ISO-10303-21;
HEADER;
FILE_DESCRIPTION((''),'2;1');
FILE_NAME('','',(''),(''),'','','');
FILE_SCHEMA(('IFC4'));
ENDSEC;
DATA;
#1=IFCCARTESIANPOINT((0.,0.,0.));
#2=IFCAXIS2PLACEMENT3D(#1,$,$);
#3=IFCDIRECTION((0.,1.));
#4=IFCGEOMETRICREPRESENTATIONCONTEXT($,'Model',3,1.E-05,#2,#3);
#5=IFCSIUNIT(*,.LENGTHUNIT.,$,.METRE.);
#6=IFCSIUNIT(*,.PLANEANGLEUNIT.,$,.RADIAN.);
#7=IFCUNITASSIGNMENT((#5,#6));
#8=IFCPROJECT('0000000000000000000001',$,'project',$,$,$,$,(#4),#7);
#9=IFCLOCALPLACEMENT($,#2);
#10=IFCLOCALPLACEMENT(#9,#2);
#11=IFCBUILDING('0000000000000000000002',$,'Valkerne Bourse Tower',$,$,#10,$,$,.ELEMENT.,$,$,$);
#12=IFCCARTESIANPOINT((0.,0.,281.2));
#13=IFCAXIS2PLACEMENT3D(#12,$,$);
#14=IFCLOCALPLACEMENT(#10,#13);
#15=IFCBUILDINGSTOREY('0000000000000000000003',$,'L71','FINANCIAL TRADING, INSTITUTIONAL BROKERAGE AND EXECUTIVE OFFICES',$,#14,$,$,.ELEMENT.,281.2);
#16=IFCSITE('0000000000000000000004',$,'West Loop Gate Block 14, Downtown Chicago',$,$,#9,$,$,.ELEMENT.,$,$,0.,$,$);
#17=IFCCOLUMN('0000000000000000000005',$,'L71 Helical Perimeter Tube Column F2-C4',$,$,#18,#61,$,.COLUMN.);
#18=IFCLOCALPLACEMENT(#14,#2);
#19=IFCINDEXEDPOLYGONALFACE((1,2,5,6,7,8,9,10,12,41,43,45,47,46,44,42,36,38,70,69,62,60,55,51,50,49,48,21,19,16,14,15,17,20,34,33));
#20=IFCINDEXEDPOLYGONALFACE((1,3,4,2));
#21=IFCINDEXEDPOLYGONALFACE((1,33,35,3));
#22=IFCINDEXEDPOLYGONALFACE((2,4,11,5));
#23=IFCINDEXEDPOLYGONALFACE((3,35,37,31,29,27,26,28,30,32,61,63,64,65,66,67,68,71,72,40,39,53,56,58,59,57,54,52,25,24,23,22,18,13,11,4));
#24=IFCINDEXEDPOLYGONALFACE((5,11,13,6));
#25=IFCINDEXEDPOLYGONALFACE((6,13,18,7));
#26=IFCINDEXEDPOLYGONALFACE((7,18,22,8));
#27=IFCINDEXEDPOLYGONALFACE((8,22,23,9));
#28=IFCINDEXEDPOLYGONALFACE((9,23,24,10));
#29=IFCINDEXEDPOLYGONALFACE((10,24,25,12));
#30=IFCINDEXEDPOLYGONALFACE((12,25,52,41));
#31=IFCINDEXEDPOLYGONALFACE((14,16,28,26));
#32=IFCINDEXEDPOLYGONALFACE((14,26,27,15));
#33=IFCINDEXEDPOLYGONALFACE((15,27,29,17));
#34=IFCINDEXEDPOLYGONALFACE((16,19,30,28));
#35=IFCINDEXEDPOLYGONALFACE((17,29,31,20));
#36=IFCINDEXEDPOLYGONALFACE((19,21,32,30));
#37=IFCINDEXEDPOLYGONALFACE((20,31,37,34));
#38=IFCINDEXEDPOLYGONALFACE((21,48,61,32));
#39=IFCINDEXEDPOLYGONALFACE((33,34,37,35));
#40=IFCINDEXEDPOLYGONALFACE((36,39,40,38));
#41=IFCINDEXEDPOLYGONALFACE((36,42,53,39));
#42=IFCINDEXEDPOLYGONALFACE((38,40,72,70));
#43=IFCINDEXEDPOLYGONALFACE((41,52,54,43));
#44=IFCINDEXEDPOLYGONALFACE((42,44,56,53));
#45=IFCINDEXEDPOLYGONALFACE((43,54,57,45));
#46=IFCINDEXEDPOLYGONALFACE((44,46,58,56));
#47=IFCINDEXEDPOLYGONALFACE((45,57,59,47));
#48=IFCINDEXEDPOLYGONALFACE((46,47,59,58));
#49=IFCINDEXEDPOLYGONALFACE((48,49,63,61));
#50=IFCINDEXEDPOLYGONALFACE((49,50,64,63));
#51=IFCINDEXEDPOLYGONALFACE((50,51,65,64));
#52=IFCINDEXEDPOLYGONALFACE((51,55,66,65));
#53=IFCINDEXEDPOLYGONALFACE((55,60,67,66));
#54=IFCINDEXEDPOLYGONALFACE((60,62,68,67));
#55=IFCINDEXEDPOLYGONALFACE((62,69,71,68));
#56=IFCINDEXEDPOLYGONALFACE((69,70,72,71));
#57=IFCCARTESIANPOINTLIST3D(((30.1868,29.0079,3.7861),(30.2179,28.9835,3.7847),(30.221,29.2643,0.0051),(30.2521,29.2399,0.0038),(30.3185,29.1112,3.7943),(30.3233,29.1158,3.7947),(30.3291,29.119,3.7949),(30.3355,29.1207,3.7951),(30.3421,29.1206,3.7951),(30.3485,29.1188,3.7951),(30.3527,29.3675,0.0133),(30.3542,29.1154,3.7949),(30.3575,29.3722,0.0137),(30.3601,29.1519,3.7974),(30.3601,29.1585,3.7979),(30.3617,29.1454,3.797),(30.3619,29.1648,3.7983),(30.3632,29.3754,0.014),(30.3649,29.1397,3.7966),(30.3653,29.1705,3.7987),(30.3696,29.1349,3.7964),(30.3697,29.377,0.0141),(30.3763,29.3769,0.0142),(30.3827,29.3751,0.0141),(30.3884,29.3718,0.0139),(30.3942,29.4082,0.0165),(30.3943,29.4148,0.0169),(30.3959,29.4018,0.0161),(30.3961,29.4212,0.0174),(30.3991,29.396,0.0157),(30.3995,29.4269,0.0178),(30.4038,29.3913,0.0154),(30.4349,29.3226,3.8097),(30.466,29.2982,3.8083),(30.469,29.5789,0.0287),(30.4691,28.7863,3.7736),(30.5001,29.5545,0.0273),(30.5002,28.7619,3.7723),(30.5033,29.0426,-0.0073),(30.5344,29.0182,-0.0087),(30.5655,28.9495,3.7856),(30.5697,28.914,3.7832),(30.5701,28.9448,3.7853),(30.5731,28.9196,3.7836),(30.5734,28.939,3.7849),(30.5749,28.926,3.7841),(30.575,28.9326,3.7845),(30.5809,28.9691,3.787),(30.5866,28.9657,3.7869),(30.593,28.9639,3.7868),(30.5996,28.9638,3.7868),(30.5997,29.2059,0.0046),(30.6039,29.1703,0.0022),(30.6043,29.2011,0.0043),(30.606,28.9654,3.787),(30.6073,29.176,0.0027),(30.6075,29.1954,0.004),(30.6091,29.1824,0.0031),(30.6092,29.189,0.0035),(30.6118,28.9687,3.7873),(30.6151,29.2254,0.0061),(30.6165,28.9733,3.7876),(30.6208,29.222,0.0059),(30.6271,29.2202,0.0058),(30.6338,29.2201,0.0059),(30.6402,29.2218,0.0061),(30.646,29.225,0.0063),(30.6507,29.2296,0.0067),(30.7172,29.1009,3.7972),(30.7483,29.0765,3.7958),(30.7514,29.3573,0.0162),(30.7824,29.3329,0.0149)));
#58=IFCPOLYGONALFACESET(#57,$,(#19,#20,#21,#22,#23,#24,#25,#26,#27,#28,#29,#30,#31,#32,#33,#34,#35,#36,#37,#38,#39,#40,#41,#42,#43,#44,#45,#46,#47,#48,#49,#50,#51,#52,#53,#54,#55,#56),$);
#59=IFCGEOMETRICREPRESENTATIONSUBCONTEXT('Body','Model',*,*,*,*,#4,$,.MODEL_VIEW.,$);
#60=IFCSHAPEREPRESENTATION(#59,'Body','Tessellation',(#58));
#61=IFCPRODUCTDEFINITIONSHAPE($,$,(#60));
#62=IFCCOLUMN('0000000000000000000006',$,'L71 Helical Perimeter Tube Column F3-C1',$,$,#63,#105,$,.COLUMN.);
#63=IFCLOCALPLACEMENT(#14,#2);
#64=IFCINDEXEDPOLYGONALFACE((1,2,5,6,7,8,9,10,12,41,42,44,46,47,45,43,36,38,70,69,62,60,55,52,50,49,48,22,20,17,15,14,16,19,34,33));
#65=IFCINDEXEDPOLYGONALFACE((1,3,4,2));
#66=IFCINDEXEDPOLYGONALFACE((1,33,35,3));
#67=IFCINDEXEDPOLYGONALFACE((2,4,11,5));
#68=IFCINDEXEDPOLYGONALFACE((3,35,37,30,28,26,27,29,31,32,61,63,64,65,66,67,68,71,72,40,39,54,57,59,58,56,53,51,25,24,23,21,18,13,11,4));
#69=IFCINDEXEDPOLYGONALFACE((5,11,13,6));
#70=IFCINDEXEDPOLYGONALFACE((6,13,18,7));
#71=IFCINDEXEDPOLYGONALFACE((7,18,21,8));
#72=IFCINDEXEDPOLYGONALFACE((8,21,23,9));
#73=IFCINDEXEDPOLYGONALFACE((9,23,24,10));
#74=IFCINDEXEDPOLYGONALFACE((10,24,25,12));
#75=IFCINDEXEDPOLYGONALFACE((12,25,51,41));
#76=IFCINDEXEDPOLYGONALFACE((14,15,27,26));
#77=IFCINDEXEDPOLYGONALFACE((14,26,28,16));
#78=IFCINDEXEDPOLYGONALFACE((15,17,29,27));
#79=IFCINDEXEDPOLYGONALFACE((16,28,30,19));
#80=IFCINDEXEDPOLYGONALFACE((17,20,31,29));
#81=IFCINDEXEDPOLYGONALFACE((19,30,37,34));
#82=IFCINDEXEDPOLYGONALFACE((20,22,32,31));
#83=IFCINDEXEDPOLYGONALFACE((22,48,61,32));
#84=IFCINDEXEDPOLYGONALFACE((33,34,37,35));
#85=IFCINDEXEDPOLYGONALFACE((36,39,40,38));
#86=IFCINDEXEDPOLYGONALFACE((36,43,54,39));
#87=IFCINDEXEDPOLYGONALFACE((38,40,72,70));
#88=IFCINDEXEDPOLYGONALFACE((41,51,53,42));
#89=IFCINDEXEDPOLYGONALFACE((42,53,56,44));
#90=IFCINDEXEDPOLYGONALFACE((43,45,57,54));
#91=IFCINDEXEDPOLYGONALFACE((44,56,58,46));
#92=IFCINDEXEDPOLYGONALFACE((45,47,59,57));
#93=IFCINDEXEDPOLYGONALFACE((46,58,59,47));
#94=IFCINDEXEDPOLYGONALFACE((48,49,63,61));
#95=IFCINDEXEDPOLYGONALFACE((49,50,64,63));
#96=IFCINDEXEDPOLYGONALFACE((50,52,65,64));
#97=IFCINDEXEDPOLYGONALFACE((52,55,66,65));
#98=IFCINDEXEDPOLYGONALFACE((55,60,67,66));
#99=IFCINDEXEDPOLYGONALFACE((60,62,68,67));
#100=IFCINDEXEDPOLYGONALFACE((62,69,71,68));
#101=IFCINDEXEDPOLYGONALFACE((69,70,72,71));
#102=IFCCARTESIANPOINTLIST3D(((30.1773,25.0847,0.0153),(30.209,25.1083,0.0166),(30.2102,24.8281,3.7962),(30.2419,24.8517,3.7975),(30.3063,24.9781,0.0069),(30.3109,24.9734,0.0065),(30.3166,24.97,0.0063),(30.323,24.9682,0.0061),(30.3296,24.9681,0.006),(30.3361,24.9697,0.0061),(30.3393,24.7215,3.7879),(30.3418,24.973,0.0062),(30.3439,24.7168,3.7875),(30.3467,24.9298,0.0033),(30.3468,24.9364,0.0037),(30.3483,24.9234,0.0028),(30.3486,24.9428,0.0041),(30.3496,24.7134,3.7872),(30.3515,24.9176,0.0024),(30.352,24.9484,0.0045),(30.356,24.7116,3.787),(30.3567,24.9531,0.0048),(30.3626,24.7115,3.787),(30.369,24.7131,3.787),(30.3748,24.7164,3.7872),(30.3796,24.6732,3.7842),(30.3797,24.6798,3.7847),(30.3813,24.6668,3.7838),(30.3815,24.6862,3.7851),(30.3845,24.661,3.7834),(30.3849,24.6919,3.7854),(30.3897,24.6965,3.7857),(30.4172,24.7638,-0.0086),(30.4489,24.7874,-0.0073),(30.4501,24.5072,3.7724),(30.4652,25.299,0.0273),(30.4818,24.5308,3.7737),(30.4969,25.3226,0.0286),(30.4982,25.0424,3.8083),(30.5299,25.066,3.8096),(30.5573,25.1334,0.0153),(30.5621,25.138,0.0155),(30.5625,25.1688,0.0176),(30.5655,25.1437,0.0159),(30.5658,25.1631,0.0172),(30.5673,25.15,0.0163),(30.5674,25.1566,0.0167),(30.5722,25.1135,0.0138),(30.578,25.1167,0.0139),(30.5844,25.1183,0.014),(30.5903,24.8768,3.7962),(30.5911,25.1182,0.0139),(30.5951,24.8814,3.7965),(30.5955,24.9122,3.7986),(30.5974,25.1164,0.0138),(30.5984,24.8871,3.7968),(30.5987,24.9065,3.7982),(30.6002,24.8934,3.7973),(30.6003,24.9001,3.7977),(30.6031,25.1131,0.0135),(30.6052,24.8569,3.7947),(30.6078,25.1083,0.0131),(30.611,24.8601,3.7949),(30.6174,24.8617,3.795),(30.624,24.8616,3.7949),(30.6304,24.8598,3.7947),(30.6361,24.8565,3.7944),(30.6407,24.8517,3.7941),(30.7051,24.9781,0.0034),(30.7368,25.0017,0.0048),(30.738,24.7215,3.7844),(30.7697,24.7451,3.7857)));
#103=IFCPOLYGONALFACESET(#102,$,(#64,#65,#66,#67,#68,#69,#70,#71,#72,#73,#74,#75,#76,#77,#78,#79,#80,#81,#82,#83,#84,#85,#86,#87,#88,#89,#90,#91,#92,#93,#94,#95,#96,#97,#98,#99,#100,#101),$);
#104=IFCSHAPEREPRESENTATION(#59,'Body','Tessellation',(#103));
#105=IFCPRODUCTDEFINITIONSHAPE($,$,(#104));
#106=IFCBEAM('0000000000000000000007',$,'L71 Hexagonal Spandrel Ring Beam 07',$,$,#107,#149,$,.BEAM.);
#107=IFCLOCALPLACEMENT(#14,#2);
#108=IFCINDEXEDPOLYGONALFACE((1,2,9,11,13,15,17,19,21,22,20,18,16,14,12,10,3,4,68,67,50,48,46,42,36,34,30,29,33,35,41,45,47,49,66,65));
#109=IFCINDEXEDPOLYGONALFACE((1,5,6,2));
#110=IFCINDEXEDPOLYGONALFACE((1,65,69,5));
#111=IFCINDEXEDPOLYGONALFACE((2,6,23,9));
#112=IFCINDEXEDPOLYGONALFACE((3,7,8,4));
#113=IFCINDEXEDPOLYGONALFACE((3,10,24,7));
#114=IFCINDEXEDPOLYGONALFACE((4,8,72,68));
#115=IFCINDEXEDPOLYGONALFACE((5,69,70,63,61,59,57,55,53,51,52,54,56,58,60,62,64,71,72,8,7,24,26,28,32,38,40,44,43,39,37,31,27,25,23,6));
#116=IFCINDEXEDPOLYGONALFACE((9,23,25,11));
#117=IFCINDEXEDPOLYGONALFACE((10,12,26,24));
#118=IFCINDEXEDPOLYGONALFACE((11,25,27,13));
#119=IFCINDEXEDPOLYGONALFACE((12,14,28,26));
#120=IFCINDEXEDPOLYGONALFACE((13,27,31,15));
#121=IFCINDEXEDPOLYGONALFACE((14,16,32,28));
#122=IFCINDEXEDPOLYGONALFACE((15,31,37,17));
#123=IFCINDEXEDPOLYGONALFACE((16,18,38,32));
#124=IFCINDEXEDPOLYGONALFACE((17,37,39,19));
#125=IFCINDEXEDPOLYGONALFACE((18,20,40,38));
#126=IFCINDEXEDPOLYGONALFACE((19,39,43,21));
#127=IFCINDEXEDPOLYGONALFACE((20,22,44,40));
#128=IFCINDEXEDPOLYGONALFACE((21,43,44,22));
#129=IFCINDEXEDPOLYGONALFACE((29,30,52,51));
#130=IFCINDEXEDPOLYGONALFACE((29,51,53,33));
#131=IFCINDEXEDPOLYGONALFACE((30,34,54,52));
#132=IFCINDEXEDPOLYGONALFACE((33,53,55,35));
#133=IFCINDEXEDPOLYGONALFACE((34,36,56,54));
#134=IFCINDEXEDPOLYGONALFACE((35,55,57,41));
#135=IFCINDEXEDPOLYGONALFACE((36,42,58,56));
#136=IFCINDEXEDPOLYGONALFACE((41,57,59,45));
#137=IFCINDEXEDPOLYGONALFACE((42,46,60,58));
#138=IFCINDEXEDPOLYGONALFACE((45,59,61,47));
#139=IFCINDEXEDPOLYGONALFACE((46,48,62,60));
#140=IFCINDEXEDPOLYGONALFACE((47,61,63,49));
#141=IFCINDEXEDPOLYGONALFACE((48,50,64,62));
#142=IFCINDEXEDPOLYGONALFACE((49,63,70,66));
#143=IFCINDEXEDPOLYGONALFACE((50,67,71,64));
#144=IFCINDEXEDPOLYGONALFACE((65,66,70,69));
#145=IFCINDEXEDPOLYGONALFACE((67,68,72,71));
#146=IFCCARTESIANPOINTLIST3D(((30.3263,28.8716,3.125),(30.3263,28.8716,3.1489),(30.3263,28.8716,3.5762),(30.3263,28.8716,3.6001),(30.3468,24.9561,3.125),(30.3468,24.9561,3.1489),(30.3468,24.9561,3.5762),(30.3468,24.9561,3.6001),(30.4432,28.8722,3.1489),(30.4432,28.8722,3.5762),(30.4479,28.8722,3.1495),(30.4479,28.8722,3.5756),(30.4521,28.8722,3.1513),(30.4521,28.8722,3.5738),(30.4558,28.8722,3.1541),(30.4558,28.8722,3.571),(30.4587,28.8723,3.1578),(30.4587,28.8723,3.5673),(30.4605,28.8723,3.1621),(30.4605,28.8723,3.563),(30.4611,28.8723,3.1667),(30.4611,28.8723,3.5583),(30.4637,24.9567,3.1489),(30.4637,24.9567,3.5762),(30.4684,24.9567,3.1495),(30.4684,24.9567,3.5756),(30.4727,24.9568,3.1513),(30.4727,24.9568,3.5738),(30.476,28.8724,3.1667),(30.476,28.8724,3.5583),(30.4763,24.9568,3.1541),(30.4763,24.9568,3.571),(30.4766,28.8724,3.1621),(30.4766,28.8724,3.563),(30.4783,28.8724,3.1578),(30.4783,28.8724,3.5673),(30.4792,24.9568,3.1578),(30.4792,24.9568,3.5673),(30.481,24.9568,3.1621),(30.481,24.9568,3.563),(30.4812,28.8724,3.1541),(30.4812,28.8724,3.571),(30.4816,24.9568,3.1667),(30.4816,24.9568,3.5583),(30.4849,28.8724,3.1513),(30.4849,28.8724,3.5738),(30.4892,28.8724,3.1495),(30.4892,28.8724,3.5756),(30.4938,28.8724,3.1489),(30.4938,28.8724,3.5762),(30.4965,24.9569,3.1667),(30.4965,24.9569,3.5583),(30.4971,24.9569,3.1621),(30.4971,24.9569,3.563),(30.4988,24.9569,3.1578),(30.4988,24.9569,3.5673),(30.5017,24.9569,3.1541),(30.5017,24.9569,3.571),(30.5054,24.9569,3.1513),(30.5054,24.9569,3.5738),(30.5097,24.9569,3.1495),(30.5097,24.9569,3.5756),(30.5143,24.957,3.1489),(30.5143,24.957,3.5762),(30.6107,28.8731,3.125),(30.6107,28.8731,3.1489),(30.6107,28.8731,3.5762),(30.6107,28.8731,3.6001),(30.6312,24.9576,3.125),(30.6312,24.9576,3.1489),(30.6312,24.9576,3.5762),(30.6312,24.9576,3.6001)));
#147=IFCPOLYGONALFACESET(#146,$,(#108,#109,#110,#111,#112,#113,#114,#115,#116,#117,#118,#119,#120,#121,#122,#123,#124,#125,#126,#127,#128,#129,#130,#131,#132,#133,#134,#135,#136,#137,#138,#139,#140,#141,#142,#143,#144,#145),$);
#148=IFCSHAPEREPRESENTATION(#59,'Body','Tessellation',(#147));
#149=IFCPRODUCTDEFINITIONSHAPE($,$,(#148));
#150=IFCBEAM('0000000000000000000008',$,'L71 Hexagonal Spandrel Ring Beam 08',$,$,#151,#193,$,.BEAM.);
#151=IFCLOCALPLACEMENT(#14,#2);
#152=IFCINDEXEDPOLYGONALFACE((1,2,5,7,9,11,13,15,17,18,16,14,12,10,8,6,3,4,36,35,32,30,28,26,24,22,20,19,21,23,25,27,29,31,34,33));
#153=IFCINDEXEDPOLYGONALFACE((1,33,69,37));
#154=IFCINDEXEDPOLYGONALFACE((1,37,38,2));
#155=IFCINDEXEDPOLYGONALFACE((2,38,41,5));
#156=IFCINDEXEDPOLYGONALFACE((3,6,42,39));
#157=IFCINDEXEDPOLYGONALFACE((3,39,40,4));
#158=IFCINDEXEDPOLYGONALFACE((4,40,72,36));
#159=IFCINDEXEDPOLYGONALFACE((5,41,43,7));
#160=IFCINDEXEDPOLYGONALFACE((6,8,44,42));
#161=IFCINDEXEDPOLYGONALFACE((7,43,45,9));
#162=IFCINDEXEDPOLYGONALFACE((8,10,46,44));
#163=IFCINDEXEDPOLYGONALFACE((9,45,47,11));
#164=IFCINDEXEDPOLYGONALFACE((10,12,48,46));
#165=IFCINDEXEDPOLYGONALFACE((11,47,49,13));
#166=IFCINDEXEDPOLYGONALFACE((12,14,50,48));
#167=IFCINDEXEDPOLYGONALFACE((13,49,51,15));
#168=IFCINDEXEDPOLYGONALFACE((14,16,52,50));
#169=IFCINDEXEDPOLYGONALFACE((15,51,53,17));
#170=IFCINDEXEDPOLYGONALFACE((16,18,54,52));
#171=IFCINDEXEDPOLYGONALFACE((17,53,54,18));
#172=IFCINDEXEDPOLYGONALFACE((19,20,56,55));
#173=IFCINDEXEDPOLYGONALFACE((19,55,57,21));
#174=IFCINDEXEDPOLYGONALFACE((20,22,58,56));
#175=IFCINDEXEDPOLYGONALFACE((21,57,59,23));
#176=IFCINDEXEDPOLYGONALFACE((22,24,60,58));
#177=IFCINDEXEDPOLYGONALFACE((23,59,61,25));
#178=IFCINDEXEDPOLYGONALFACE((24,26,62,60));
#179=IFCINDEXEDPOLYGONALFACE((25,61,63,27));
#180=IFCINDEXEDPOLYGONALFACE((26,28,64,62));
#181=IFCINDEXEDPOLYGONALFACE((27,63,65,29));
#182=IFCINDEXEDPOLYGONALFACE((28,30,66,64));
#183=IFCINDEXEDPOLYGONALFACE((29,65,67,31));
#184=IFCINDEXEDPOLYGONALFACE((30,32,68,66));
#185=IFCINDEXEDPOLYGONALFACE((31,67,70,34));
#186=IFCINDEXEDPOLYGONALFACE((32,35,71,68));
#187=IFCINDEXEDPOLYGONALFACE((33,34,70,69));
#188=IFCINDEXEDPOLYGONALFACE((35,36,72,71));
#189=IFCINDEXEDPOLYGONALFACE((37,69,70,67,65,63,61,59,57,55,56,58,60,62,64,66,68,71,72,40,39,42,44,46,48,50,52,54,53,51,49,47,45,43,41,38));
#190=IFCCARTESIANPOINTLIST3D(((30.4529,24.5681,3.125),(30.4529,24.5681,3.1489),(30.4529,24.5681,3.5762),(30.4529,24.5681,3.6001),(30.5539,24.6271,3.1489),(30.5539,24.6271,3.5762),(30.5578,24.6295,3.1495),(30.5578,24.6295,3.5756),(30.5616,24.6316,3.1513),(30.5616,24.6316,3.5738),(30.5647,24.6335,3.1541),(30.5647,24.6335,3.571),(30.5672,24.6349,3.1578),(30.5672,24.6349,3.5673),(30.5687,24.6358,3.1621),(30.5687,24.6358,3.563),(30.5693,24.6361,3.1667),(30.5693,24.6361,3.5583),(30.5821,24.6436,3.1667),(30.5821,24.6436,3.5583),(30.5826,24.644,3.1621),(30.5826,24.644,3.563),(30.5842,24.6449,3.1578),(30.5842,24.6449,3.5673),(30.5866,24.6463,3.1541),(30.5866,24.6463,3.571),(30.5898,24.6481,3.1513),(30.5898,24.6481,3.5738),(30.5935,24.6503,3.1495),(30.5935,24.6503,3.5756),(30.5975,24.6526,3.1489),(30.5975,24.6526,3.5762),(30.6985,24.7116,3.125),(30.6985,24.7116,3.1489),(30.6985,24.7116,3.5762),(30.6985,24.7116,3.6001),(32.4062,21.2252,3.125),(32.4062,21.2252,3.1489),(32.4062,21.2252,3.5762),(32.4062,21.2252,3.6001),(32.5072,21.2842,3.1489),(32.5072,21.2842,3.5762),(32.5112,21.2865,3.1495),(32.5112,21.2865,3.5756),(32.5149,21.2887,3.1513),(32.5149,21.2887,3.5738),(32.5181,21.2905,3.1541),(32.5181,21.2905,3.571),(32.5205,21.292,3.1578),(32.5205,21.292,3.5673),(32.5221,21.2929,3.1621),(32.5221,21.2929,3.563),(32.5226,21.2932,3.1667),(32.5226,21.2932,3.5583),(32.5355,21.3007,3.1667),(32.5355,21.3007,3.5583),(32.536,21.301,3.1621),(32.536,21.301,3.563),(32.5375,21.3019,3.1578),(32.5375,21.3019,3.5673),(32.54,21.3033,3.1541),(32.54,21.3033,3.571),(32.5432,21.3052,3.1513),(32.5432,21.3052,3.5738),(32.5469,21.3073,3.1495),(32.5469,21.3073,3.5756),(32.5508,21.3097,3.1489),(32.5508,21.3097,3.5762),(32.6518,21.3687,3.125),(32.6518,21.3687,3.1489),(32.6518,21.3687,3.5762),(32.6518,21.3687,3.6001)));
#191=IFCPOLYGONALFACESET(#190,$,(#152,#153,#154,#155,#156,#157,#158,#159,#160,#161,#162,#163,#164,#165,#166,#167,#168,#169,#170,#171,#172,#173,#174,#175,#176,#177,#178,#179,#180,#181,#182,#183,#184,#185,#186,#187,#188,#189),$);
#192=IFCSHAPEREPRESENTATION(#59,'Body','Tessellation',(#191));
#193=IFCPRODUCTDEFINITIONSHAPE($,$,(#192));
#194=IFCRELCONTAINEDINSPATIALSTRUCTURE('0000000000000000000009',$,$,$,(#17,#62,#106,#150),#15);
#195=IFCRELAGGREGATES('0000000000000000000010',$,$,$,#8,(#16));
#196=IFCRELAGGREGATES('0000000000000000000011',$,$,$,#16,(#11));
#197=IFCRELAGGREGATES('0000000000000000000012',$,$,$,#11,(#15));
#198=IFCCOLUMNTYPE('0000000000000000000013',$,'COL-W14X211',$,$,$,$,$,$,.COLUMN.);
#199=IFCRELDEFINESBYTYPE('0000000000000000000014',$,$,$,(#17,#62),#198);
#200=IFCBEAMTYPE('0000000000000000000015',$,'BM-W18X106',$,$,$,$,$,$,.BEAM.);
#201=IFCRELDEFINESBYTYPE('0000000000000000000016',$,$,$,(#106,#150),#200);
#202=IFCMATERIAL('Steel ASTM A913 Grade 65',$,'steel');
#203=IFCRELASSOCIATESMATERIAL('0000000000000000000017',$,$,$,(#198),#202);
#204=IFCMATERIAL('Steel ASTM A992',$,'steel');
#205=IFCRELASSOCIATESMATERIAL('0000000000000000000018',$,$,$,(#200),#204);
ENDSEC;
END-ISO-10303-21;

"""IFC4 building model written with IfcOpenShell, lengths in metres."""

from ifc_helpers import new_model, si_unit, direction, frame, origin, origin_2d, place, context, subcontext, project, spatial, i_section, extrude, material, material_profile, profile_set, type_object, element, save


model = new_model("IFC4")

# Units and contexts
model_context = context("Model", 3, precision=1e-05, world=origin(), true_north=direction((0.0, 1.0)))
body_context = subcontext(model_context, "Body", "Model", "MODEL_VIEW")
ifc_project = project(units=[si_unit("LENGTHUNIT", "METRE"), si_unit("PLANEANGLEUNIT", "RADIAN")], contexts=[model_context])

# Site, building, storey
site_placement = place(None, origin())
site = spatial("IfcSite", under=ifc_project, at=site_placement, Name="West Loop Gate Block 14, Downtown Chicago", CompositionType="ELEMENT", RefElevation=0.0)
building_placement = place(site_placement, origin())
building = spatial("IfcBuilding", under=site, at=building_placement, Name="Valkerne Bourse Tower", CompositionType="ELEMENT")
storey_placement = place(building_placement, frame((0.0, 0.0, 281.2)))
storey = spatial("IfcBuildingStorey", under=building, at=storey_placement, Name="L71", Description="FINANCIAL TRADING, INSTITUTIONAL BROKERAGE AND EXECUTIVE OFFICES", CompositionType="ELEMENT", Elevation=281.2)

# Columns
ifc_material_1 = material(Name="Steel ASTM A913 Grade 65", Category="steel")
ifc_material_profile_1 = material_profile(ifc_material_1, i_section(OverallWidth=0.4014, OverallDepth=0.3987, WebThickness=0.0249, FlangeThickness=0.0396, FilletRadius=0.0254, at=origin_2d()), Name="W14X211")
ifc_profile_set_1 = profile_set([ifc_material_profile_1], Name="Steel ASTM A913 Grade 65")
column_type = type_object("IfcColumnType", Name="COL-W14X211", PredefinedType="COLUMN", material=ifc_profile_set_1)
for number, where, z_axis, x_axis, name in (
    (1, (30.5017, 29.2986, 0.01), (-0.009019, -0.067641, 0.997669), (-0.61807, -0.783926, -0.058736), "L71 Helical Perimeter Tube Column F2-C4"),
    (2, (30.457, 25.0432, 0.01), (0.008697, -0.067705, 0.997667), (0.597639, -0.799557, -0.05947), "L71 Helical Perimeter Tube Column F3-C1"),
):
    element("IfcColumn", number, at=place(storey_placement, frame(where, z_axis=z_axis, x_axis=x_axis)), inside=storey, type_object=column_type, Name=name, PredefinedType="COLUMN", context=body_context, shape_type="SweptSolid", body=[
        extrude(i_section(OverallWidth=0.4014, OverallDepth=0.3987, WebThickness=0.0249, FlangeThickness=0.0396, FilletRadius=0.0254, at=origin_2d()), origin(), (0.0, 0.0, 1.0), 3.7898),
    ])

# Beams
ifc_material_2 = material(Name="Steel ASTM A992", Category="steel")
ifc_material_profile_2 = material_profile(ifc_material_2, i_section(OverallWidth=0.2844, OverallDepth=0.4751, WebThickness=0.0149, FlangeThickness=0.0239, FilletRadius=0.0178, at=origin_2d()), Name="W18X106")
ifc_profile_set_2 = profile_set([ifc_material_profile_2], Name="Steel ASTM A992")
beam_type = type_object("IfcBeamType", Name="BM-W18X106", PredefinedType="BEAM", material=ifc_profile_set_2)
beam_1_placement = place(storey_placement, frame((30.4685, 28.8723, 3.3625), z_axis=(0.005237, -0.999986, 0.0), x_axis=(0.999986, 0.005237, 0.0)))
element("IfcBeam", 3, at=beam_1_placement, inside=storey, type_object=beam_type, Name="L71 Hexagonal Spandrel Ring Beam 07", PredefinedType="BEAM", context=body_context, shape_type="SweptSolid", body=[
    extrude(i_section(OverallWidth=0.2844, OverallDepth=0.4751, WebThickness=0.0149, FlangeThickness=0.0239, FilletRadius=0.0178, at=origin_2d()), origin(), (0.0, 0.0, 1.0), 3.9155),
])
beam_2_placement = place(storey_placement, frame((30.5757, 24.6399, 3.3625), z_axis=(0.504502, -0.86341, 0.0), x_axis=(0.86341, 0.504502, 0.0)))
element("IfcBeam", 4, at=beam_2_placement, inside=storey, type_object=beam_type, Name="L71 Hexagonal Spandrel Ring Beam 08", PredefinedType="BEAM", context=body_context, shape_type="SweptSolid", body=[
    extrude(i_section(OverallWidth=0.2844, OverallDepth=0.4751, WebThickness=0.0149, FlangeThickness=0.0239, FilletRadius=0.0178, at=origin_2d()), origin(), (0.0, 0.0, 1.0), 3.8718),
])

save(model, "model.ifc")
